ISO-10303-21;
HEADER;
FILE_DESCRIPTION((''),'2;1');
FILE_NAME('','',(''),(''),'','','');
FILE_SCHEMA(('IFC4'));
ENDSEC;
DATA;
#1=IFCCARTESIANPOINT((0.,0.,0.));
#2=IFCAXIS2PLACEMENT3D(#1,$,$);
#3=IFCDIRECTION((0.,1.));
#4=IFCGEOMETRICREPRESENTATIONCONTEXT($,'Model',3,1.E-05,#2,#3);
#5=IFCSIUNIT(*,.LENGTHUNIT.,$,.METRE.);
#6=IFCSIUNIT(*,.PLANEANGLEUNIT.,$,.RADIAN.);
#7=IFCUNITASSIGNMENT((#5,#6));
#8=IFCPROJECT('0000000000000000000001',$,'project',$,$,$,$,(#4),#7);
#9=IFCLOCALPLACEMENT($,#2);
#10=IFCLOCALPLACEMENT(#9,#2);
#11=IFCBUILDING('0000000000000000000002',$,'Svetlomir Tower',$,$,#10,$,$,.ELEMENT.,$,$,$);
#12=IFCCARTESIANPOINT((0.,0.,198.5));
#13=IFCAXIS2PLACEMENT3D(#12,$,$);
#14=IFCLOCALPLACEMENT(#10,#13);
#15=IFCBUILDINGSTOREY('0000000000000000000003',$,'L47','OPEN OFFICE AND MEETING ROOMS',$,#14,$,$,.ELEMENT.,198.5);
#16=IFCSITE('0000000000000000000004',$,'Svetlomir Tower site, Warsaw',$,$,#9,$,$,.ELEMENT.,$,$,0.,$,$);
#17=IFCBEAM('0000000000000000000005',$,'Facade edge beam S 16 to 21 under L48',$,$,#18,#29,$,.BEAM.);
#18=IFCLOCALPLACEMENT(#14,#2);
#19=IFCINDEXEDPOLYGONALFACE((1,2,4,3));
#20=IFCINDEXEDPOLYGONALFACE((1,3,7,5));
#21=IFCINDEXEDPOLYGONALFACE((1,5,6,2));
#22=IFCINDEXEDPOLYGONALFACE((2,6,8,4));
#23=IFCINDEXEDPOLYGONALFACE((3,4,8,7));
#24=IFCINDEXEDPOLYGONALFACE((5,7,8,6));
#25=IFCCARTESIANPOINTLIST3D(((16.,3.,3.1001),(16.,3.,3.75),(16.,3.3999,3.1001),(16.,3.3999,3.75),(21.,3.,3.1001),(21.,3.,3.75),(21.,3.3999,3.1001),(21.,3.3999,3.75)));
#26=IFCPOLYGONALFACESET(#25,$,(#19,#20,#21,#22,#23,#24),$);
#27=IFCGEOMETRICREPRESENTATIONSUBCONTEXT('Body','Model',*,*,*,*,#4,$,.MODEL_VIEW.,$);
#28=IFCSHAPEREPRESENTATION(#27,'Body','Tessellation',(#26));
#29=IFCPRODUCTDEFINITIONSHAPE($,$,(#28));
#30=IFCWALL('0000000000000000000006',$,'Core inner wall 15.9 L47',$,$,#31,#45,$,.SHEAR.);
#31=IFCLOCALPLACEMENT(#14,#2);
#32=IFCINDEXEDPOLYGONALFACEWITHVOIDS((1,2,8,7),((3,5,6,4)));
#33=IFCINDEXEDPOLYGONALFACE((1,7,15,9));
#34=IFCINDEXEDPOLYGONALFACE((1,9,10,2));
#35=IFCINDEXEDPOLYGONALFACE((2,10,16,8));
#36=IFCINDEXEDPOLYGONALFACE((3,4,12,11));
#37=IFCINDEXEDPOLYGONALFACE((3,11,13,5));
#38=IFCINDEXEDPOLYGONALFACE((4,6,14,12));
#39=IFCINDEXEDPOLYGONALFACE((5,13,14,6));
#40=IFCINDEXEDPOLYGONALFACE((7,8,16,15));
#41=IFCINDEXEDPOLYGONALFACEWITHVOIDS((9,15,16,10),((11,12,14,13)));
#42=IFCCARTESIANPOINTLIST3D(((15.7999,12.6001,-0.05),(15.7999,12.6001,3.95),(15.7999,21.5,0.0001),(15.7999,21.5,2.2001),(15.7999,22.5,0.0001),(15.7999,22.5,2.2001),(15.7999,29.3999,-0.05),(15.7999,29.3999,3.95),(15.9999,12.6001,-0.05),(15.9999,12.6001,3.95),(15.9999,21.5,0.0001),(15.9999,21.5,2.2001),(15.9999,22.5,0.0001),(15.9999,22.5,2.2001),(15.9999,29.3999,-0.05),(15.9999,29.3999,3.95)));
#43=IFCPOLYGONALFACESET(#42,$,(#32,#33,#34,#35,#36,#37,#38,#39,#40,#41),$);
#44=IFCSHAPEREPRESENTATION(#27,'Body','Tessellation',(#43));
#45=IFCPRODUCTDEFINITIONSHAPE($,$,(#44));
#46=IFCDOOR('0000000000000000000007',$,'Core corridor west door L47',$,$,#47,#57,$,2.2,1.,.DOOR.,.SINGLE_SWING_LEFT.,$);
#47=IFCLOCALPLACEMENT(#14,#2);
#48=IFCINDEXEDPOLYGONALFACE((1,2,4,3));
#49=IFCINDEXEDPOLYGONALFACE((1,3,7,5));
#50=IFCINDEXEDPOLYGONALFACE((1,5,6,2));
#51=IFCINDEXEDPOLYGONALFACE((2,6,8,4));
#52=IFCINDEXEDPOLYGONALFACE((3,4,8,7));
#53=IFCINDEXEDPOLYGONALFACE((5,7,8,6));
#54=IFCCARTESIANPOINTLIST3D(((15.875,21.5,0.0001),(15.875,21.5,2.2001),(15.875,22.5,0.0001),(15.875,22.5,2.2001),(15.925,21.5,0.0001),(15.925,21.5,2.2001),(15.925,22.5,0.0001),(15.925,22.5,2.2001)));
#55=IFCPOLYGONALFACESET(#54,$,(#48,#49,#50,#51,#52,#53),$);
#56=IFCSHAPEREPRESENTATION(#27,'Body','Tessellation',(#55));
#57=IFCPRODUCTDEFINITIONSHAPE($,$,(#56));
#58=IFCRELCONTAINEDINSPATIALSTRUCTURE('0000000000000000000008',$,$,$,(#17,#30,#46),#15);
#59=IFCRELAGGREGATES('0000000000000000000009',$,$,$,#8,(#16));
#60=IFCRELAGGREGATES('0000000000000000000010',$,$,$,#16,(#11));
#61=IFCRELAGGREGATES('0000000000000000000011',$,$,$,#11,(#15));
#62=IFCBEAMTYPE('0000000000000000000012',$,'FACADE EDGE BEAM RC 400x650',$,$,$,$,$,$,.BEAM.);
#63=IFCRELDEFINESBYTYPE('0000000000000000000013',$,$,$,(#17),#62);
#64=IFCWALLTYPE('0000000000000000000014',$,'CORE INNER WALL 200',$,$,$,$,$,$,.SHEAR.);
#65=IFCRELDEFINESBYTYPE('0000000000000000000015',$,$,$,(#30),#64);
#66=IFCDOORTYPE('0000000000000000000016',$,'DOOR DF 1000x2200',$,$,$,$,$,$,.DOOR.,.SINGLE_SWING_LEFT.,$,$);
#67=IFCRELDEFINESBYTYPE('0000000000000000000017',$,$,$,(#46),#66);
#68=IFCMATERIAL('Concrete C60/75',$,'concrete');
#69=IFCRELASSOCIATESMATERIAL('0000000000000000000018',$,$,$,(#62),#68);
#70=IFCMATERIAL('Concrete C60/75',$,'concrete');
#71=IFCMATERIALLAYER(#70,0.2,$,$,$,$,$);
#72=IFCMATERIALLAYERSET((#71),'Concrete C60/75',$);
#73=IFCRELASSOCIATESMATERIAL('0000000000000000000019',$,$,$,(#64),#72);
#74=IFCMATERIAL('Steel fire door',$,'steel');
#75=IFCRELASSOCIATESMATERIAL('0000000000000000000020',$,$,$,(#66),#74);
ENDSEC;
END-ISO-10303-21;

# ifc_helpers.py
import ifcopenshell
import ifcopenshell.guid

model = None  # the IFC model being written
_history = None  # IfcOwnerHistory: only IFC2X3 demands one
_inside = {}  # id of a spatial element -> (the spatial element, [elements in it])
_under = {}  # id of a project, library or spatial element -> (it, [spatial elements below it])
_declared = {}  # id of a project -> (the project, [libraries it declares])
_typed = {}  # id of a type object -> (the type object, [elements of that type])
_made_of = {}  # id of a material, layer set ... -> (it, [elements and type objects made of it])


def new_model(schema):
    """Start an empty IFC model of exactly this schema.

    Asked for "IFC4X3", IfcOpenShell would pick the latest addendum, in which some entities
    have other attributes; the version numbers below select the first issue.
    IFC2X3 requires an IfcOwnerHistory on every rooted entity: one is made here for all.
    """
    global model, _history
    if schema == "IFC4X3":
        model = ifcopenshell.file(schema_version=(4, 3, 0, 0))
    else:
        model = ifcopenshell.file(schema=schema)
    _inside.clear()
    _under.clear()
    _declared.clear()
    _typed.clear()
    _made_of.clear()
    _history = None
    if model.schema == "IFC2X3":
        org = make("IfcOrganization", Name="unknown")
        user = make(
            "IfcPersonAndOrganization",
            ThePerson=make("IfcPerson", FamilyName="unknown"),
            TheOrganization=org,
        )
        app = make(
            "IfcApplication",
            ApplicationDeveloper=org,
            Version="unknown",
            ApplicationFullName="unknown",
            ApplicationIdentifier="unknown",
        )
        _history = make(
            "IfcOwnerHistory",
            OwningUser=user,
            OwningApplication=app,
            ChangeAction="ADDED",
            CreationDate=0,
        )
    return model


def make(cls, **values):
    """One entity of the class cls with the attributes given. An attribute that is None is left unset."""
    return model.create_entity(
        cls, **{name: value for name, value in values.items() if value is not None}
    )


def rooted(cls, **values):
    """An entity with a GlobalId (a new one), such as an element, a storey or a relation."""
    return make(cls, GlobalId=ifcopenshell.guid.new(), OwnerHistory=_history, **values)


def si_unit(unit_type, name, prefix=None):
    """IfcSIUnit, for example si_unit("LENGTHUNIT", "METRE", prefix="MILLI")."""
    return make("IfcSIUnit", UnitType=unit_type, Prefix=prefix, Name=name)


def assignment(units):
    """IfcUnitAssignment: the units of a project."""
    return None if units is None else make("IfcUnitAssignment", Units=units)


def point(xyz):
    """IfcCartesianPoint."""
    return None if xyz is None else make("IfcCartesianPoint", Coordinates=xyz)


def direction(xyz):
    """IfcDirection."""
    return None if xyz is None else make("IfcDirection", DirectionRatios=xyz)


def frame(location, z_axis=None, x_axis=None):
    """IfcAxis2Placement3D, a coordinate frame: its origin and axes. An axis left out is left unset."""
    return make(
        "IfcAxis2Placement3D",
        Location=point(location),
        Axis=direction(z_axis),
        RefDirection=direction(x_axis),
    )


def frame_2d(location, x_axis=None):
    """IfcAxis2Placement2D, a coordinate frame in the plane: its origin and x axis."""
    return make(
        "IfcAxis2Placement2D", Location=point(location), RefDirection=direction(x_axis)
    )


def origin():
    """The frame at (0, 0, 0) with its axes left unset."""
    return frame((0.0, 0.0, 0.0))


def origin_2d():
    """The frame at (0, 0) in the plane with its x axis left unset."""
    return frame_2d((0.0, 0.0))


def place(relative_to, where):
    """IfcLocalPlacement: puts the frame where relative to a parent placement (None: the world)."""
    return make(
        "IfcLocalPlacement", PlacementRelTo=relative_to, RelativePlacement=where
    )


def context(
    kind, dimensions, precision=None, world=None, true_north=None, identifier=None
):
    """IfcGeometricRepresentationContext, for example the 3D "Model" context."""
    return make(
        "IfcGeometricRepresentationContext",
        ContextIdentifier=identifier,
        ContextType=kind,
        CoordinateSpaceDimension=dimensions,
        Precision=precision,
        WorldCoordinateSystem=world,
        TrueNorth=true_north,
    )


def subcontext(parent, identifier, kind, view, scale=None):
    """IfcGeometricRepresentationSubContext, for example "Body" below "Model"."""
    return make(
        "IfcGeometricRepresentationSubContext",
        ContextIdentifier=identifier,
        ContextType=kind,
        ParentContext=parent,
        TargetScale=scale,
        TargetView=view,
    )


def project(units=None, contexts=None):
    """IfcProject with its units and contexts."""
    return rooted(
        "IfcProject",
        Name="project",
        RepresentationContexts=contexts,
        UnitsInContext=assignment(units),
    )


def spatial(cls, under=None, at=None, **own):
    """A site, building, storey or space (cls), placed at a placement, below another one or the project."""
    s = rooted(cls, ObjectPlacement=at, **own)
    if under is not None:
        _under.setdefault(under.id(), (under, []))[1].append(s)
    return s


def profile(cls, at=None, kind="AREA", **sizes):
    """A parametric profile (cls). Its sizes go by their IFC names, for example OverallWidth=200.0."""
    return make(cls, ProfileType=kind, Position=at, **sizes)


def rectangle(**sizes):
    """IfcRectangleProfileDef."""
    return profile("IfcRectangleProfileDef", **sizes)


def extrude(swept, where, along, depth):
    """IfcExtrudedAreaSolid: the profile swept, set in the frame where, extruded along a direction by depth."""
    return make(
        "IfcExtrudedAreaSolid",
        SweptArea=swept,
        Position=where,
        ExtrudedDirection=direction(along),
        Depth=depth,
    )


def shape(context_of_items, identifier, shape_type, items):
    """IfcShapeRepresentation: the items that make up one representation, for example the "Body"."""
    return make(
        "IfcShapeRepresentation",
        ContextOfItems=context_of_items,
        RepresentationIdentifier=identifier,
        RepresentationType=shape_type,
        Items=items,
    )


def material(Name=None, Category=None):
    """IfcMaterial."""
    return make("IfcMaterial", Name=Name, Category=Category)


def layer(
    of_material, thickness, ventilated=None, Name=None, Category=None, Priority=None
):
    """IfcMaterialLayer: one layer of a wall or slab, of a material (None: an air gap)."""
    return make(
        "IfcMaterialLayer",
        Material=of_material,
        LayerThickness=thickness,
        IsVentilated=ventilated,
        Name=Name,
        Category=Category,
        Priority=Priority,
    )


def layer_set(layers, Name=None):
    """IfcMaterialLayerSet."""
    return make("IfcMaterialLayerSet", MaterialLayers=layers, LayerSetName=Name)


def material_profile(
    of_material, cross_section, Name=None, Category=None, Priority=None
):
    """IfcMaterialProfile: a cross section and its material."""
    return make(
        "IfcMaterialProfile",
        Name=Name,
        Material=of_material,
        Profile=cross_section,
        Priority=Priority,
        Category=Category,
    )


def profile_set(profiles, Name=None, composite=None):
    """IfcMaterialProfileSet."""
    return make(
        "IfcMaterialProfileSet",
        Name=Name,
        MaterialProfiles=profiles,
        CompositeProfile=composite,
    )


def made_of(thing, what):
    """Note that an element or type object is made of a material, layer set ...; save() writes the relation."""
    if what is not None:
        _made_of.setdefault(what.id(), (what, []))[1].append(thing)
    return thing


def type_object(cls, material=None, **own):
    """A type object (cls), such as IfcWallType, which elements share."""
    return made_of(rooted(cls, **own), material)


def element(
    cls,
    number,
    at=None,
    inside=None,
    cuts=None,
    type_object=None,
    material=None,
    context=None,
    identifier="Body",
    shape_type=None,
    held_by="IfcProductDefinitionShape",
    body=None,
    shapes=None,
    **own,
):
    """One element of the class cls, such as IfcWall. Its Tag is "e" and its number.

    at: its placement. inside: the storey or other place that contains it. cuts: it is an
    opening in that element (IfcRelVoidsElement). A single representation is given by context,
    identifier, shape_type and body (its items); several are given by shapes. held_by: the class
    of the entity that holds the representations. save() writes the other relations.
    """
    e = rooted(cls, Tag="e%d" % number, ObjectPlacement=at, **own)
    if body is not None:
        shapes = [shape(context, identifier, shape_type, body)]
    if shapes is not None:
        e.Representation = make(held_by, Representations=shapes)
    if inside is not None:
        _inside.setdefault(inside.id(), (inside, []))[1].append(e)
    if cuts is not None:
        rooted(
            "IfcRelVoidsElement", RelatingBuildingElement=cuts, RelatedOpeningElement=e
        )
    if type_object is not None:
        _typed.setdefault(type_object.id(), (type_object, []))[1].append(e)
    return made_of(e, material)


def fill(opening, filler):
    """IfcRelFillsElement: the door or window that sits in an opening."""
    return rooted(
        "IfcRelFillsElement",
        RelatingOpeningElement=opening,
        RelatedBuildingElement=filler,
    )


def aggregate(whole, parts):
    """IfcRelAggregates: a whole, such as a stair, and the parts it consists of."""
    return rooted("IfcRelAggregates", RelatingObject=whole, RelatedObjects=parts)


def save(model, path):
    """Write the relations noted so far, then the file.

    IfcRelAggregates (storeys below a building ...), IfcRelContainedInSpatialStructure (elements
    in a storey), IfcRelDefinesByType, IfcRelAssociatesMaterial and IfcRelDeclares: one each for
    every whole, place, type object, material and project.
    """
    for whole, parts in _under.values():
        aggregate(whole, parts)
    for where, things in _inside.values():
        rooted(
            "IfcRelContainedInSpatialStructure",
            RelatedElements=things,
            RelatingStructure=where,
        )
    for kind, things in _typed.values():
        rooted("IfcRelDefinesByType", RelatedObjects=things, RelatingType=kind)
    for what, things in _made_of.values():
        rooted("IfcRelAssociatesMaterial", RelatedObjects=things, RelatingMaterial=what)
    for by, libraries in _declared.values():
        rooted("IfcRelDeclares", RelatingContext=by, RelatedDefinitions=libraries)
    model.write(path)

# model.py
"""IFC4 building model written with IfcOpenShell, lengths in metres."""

from ifc_helpers import new_model, si_unit, direction, frame, frame_2d, origin, origin_2d, place, context, subcontext, project, spatial, rectangle, extrude, material, layer, layer_set, material_profile, profile_set, type_object, element, fill, save


model = new_model("IFC4")

# Units and contexts
model_context = context("Model", 3, precision=1e-05, world=origin(), true_north=direction((0.0, 1.0)))
body_context = subcontext(model_context, "Body", "Model", "MODEL_VIEW")
ifc_project = project(units=[si_unit("LENGTHUNIT", "METRE"), si_unit("PLANEANGLEUNIT", "RADIAN")], contexts=[model_context])

# Site, building, storey
site_placement = place(None, origin())
site = spatial("IfcSite", under=ifc_project, at=site_placement, Name="Svetlomir Tower site, Warsaw", CompositionType="ELEMENT", RefElevation=0.0)
building_placement = place(site_placement, origin())
building = spatial("IfcBuilding", under=site, at=building_placement, Name="Svetlomir Tower", CompositionType="ELEMENT")
storey_placement = place(building_placement, frame((0.0, 0.0, 198.5)))
storey = spatial("IfcBuildingStorey", under=building, at=storey_placement, Name="L47", Description="OPEN OFFICE AND MEETING ROOMS", CompositionType="ELEMENT", Elevation=198.5)

# Beam
ifc_material_1 = material(Name="Concrete C60/75", Category="concrete")
ifc_material_profile = material_profile(ifc_material_1, rectangle(XDim=0.3999, YDim=0.6499, at=origin_2d()), Name="RC 400x650")
ifc_profile_set = profile_set([ifc_material_profile], Name="Concrete C60/75")
beam_type = type_object("IfcBeamType", Name="FACADE EDGE BEAM RC 400x650", PredefinedType="BEAM", material=ifc_profile_set)
beam_placement = place(storey_placement, frame((16.0, 3.2, 3.425), z_axis=(1.0, 0.0, 0.0), x_axis=(0.0, 1.0, 0.0)))
element("IfcBeam", 1, at=beam_placement, inside=storey, type_object=beam_type, Name="Facade edge beam S 16 to 21 under L48", PredefinedType="BEAM", context=body_context, shape_type="SweptSolid", body=[
    extrude(rectangle(XDim=0.3999, YDim=0.6499, at=origin_2d()), origin(), (0.0, 0.0, 1.0), 5.0),
])

# Wall, opening, door
ifc_material_2 = material(Name="Concrete C60/75", Category="concrete")
ifc_layer_1 = layer(ifc_material_2, 0.2)
ifc_layer_set_1 = layer_set([ifc_layer_1], Name="Concrete C60/75")
wall_type_1 = type_object("IfcWallType", Name="CORE INNER WALL 200", PredefinedType="SHEAR", material=ifc_layer_set_1)
wall_1_placement = place(storey_placement, frame((15.8999, 12.6001, -0.05), z_axis=(0.0, 0.0, 1.0), x_axis=(0.0, 1.0, 0.0)))
wall_1 = element("IfcWall", 2, at=wall_1_placement, inside=storey, type_object=wall_type_1, Name="Core inner wall 15.9 L47", PredefinedType="SHEAR", context=body_context, shape_type="SweptSolid", body=[
    extrude(rectangle(XDim=16.7998, YDim=0.2, at=frame_2d((8.3999, 0.0))), origin(), (0.0, 0.0, 1.0), 4.0),
])
opening_1_placement = place(wall_1_placement, frame((8.8999, 0.0, 0.05)))
opening_1 = element("IfcOpeningElement", 3, at=opening_1_placement, cuts=wall_1, PredefinedType="OPENING", context=body_context, shape_type="SweptSolid", body=[
    extrude(rectangle(XDim=1.0, YDim=2.2, at=frame_2d((0.5, 1.1001))), frame((0.0, 0.1099, 0.0), z_axis=(0.0, -1.0, 0.0), x_axis=(1.0, 0.0, 0.0)), (0.0, 0.0, 1.0), 0.22),
])
ifc_material_3 = material(Name="Steel fire door", Category="steel")
door_type_1 = type_object("IfcDoorType", Name="DOOR DF 1000x2200", OperationType="SINGLE_SWING_LEFT", PredefinedType="DOOR", material=ifc_material_3)
door_1_placement = place(opening_1_placement, origin())
door_1 = element("IfcDoor", 4, at=door_1_placement, inside=storey, type_object=door_type_1, Name="Core corridor west door L47", OperationType="SINGLE_SWING_LEFT", OverallHeight=2.2, OverallWidth=1.0, PredefinedType="DOOR", context=body_context, shape_type="SweptSolid", body=[
    extrude(rectangle(XDim=1.0, YDim=2.2, at=frame_2d((0.5, 1.1001))), frame((0.0, 0.0249, 0.0), z_axis=(0.0, -1.0, 0.0), x_axis=(1.0, 0.0, 0.0)), (0.0, 0.0, 1.0), 0.05),
])
fill(opening_1, door_1)

save(model, "model.ifc")
